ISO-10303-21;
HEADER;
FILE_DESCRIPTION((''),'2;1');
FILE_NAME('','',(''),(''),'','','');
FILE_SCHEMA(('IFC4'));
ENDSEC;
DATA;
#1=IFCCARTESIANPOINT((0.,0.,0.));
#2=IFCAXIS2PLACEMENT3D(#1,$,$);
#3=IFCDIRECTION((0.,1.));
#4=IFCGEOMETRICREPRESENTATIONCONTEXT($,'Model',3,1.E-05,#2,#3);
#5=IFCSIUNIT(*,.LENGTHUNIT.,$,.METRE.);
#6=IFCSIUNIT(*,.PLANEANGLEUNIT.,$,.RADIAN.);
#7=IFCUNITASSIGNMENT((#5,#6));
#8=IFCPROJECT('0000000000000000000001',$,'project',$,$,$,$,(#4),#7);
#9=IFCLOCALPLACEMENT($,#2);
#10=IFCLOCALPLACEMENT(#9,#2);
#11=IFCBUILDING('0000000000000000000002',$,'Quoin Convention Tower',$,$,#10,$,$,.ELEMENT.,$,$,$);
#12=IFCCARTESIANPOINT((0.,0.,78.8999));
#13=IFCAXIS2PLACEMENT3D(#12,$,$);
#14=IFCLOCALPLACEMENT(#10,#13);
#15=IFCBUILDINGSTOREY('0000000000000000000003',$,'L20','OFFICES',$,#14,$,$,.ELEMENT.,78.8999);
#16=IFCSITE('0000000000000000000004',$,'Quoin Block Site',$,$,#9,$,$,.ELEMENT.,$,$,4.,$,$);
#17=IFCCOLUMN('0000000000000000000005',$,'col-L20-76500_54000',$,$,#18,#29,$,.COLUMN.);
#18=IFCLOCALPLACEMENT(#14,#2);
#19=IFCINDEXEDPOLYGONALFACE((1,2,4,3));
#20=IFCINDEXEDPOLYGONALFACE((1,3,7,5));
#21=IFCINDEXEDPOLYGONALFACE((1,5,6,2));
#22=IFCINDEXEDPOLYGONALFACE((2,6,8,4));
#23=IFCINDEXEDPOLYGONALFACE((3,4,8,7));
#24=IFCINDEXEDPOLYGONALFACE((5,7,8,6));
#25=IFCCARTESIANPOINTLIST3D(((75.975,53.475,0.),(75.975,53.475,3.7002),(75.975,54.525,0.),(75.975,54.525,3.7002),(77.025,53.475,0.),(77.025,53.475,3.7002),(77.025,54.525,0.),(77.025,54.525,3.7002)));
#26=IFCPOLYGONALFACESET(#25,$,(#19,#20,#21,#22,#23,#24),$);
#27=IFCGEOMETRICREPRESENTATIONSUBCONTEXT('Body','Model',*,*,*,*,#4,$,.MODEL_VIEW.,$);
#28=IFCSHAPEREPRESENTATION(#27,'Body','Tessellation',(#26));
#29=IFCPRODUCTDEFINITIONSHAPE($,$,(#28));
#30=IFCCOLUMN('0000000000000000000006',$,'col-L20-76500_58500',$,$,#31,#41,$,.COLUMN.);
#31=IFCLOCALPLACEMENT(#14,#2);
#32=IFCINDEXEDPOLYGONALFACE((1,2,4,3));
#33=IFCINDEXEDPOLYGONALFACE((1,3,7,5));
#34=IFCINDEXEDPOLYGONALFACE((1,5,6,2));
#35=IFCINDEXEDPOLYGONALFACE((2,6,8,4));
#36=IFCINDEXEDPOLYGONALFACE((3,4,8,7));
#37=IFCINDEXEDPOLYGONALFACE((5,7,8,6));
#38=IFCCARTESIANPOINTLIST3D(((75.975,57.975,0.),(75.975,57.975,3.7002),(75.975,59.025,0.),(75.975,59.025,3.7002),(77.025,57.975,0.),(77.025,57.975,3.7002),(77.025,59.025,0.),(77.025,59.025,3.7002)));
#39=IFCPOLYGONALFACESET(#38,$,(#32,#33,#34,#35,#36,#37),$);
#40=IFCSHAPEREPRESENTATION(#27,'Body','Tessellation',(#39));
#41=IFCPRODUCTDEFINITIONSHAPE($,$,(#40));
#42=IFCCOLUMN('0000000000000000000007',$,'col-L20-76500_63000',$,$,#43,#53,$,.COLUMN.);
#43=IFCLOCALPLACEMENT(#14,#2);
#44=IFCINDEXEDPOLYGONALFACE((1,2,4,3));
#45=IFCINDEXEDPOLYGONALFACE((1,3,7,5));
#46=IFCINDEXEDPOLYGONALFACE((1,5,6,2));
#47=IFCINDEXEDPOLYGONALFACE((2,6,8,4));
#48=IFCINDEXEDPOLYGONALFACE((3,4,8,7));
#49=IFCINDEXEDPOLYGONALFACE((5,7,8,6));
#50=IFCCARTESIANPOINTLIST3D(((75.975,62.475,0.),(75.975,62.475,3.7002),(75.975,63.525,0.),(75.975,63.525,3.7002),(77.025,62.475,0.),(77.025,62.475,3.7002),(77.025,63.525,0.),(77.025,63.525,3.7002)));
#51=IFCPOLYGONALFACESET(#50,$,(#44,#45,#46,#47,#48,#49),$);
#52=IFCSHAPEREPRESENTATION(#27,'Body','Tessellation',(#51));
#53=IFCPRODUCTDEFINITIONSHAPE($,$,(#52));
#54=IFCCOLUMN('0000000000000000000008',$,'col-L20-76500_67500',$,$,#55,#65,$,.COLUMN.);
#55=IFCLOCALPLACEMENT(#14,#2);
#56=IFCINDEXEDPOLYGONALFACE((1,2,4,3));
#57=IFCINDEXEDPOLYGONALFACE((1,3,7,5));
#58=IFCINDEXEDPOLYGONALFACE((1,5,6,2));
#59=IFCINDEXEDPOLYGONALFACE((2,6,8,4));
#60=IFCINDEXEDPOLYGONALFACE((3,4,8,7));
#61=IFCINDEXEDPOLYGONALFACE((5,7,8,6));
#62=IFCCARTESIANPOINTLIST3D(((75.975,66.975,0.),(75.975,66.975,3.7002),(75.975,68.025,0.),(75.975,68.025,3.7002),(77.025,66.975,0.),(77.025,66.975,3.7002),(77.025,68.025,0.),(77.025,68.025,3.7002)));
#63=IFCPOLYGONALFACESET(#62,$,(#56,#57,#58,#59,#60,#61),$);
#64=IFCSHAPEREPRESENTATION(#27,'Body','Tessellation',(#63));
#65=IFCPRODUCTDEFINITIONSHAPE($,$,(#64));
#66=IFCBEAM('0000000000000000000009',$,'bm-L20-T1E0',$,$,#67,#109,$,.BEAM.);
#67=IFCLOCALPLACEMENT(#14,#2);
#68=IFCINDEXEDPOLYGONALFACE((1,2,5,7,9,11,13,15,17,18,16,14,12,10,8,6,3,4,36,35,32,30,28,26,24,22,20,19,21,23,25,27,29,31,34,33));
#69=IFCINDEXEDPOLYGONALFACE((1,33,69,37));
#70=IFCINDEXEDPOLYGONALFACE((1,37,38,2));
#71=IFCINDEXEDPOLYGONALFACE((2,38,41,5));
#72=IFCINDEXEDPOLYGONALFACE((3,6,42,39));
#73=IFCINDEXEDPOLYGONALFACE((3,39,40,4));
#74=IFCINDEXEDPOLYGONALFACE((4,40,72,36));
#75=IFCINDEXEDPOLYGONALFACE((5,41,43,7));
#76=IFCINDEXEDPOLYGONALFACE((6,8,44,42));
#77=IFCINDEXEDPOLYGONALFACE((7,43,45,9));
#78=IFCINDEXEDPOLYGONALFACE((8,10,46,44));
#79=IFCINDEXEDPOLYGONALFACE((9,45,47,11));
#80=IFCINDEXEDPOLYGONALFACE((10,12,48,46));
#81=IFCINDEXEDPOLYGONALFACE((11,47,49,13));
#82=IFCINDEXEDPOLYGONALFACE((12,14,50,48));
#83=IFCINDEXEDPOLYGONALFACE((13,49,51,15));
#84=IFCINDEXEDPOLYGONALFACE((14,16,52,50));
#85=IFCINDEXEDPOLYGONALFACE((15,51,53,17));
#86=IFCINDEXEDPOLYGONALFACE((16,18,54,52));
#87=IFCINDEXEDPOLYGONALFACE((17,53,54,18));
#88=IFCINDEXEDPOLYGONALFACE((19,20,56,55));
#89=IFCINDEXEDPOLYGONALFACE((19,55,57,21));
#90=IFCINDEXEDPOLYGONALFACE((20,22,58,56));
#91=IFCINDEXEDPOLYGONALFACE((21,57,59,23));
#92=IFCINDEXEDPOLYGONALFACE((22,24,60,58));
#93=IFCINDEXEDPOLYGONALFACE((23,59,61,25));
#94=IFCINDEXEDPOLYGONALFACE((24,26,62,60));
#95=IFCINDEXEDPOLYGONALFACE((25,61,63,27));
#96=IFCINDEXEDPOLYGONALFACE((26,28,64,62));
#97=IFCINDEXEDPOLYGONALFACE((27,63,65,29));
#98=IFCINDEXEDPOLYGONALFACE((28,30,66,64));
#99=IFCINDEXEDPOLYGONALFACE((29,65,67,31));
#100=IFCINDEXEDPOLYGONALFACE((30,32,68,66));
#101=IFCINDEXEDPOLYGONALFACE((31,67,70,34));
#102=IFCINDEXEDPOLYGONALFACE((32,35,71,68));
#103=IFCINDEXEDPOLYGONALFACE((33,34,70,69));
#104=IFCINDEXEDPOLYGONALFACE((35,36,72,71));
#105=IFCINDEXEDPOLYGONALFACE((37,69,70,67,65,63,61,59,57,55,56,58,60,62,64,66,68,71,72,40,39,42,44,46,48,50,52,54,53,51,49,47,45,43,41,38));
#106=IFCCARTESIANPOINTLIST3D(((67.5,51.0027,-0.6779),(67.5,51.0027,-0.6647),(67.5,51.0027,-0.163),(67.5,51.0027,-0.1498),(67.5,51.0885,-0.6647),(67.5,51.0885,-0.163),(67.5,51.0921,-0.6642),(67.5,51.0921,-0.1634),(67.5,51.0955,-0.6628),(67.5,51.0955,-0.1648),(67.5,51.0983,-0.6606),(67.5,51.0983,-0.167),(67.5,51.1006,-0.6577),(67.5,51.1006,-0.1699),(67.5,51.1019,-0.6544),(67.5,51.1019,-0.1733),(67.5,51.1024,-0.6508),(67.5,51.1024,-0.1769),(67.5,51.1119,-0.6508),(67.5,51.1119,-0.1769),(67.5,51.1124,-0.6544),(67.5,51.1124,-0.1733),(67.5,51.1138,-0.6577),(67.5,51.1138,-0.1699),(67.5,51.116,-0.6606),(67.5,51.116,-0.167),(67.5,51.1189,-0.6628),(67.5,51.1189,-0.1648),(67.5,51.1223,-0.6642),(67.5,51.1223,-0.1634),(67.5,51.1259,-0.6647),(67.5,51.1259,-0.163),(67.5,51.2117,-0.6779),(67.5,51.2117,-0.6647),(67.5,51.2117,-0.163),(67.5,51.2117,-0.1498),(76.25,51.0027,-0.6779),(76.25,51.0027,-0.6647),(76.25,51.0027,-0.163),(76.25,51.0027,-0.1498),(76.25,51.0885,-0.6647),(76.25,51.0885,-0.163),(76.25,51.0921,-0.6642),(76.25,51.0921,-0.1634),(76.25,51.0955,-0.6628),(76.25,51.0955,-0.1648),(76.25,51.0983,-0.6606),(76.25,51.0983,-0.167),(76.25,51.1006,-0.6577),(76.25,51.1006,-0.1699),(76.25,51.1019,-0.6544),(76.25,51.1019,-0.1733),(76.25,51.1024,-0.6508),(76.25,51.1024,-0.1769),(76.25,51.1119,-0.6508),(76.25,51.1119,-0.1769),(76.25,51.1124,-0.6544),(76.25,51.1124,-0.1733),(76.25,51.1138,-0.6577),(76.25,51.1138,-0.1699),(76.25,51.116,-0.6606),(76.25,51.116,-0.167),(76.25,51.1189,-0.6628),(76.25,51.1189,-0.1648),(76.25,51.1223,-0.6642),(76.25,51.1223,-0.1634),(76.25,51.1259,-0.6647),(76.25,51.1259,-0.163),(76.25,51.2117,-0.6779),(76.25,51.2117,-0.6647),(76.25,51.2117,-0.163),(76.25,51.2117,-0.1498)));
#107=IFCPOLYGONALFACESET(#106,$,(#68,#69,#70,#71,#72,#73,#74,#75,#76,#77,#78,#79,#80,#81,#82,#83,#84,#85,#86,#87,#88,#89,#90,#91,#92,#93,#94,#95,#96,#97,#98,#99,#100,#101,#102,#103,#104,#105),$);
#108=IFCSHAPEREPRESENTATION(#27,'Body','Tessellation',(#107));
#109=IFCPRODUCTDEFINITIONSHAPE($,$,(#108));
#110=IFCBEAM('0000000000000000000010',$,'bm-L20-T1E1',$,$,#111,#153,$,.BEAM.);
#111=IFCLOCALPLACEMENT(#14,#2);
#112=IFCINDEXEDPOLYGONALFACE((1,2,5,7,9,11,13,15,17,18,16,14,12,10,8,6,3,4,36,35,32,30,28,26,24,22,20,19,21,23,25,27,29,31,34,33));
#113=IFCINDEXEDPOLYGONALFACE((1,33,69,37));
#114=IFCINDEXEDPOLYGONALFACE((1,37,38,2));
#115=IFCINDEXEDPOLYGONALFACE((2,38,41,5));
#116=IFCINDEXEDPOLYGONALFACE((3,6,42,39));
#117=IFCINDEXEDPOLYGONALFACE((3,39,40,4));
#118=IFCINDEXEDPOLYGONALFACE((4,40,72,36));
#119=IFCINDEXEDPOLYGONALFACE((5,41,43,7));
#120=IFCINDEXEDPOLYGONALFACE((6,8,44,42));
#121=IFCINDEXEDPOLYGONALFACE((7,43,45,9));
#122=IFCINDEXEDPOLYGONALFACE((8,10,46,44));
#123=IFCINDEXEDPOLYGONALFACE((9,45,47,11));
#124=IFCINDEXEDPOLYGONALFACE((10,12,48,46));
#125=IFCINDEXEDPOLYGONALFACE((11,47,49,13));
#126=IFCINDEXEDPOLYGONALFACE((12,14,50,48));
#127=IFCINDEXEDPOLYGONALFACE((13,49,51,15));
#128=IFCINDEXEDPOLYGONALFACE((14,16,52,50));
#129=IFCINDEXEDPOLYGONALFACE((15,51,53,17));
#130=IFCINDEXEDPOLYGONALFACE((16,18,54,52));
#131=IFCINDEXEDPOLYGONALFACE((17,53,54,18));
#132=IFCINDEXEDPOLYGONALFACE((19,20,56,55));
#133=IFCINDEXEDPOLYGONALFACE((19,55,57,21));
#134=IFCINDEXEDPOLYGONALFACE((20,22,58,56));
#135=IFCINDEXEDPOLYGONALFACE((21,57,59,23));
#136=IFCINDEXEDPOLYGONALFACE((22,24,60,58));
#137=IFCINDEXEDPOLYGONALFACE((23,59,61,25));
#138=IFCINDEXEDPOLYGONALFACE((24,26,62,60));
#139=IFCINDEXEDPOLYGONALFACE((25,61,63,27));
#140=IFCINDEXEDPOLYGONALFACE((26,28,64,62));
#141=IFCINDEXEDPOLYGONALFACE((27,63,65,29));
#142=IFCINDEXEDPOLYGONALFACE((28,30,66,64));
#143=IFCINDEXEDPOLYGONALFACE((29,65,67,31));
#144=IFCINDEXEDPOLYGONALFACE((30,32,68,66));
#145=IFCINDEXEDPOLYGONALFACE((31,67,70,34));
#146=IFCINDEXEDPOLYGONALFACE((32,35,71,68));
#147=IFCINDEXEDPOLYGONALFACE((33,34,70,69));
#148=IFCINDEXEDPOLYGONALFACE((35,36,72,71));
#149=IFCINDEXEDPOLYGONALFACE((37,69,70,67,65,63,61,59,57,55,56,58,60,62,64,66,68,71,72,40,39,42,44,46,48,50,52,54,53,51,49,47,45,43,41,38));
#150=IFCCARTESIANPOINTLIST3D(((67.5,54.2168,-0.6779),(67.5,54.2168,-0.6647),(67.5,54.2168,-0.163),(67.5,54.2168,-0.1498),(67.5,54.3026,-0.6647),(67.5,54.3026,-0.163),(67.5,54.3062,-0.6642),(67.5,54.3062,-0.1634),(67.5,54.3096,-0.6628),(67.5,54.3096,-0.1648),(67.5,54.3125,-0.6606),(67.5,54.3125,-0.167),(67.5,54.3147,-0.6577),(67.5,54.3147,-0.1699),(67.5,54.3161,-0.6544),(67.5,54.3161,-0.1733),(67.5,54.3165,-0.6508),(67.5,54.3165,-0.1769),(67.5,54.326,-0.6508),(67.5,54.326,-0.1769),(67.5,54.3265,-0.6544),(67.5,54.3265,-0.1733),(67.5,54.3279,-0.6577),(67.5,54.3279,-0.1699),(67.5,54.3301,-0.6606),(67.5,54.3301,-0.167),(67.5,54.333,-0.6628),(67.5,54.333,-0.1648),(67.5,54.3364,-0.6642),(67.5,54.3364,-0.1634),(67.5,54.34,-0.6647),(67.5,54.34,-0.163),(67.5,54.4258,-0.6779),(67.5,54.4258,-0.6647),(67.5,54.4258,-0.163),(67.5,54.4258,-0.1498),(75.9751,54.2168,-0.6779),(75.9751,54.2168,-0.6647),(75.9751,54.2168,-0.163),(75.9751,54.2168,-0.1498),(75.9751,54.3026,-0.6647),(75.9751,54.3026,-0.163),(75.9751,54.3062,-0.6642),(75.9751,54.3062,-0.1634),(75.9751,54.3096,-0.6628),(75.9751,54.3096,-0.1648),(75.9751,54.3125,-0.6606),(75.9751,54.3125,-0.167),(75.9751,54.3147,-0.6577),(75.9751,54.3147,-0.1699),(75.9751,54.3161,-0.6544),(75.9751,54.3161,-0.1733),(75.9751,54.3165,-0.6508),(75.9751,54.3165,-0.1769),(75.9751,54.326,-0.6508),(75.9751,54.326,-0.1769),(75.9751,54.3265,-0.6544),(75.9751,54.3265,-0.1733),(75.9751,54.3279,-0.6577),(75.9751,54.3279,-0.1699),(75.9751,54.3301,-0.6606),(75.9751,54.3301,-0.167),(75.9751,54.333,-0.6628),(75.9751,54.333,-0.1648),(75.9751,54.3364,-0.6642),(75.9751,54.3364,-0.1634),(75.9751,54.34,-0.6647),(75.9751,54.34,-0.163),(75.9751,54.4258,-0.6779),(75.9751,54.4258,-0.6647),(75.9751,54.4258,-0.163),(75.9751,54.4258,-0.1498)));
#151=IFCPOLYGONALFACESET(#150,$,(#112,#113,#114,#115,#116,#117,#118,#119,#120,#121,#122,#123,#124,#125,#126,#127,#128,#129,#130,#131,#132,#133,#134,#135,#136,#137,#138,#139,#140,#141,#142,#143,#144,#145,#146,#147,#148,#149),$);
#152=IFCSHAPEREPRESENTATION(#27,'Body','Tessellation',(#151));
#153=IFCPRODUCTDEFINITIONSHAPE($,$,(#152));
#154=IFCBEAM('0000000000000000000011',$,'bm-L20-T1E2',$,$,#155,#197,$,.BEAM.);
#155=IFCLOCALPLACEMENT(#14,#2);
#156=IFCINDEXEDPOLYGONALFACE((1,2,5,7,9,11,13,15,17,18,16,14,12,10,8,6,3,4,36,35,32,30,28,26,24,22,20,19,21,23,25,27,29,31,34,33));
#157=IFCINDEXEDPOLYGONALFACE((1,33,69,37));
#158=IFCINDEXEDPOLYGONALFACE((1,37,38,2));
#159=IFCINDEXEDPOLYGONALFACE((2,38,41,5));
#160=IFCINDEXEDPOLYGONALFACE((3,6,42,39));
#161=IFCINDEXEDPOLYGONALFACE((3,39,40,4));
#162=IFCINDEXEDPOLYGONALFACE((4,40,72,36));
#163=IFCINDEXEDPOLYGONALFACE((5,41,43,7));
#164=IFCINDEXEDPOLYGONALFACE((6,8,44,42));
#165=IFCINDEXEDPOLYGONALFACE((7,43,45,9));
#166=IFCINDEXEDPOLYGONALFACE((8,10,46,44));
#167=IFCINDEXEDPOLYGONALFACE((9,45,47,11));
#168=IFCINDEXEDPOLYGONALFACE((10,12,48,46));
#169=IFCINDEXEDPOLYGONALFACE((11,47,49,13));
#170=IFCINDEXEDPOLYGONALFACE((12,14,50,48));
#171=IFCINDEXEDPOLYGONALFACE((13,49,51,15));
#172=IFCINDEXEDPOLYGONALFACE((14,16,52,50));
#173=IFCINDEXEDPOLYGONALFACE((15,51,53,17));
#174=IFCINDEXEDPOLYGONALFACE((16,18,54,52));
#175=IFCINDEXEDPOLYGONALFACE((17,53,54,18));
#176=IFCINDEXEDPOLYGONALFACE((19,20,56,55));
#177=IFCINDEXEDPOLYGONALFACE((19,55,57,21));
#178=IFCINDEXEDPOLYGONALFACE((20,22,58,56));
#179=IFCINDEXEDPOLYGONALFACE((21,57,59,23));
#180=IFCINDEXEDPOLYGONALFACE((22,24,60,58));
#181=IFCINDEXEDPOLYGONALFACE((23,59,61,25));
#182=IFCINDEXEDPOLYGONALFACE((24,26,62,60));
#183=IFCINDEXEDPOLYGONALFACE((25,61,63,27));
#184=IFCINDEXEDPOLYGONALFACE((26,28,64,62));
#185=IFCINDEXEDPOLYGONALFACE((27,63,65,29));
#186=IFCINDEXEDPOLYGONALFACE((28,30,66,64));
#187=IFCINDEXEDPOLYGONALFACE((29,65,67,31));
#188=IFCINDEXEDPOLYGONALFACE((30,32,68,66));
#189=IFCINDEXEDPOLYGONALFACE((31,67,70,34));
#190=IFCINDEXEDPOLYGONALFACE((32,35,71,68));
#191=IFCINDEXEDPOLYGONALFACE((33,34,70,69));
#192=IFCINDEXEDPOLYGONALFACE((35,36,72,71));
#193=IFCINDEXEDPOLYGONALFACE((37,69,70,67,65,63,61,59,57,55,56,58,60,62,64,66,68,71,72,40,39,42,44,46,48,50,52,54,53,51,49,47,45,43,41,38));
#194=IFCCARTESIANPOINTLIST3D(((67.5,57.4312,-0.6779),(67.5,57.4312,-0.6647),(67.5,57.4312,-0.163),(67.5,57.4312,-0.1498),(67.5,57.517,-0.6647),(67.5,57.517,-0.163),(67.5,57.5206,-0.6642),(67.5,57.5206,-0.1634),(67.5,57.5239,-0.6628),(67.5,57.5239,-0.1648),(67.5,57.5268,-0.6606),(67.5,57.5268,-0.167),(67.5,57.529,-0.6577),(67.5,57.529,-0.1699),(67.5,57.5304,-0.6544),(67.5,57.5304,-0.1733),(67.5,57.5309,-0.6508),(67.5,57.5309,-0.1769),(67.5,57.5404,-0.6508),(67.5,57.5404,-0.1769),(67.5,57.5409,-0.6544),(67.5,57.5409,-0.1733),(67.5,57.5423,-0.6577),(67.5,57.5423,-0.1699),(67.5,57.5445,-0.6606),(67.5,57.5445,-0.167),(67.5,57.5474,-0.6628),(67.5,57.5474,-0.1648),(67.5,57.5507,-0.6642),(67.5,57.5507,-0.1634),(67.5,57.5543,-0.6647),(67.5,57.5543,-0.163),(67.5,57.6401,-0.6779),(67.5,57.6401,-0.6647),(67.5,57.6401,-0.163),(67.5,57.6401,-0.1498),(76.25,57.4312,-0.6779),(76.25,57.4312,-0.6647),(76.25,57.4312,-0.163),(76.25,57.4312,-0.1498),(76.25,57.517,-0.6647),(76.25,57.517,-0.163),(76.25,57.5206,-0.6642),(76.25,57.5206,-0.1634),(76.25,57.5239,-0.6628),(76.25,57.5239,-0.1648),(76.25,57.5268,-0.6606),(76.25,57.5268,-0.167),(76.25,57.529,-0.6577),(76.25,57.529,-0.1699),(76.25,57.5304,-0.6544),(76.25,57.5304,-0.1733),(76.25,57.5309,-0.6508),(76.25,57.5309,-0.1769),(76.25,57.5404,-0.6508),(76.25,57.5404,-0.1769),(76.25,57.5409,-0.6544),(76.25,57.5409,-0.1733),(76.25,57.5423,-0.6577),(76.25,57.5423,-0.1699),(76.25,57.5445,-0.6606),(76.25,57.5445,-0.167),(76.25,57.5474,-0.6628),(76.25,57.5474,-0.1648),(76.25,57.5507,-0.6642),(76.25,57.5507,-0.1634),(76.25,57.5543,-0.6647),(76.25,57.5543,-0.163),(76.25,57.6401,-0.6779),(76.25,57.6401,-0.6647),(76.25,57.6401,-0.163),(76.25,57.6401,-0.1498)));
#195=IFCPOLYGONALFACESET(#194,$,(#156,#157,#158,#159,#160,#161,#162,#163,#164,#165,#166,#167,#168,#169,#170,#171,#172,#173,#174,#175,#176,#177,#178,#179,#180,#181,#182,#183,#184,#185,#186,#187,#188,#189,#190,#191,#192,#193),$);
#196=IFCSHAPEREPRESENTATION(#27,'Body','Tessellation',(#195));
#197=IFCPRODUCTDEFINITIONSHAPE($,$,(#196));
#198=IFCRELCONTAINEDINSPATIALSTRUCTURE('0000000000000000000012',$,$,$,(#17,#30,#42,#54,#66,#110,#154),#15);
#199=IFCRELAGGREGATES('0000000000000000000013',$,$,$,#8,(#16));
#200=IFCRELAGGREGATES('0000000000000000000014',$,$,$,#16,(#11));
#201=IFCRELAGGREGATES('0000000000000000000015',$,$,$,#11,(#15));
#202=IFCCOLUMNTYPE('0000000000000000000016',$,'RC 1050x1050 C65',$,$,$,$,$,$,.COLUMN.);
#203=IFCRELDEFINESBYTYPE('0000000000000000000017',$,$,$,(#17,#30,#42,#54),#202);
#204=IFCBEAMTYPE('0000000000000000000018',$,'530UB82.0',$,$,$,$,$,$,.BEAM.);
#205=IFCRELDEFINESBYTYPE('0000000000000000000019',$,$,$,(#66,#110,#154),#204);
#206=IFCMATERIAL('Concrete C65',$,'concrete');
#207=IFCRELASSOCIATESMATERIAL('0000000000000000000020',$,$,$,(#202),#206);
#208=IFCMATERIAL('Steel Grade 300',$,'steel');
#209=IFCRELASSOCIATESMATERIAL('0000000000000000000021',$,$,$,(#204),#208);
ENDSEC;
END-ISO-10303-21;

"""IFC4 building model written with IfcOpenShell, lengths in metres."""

from ifc_helpers import new_model, si_unit, direction, frame, origin, origin_2d, place, context, subcontext, project, spatial, rectangle, i_section, extrude, material, material_profile, profile_set, type_object, element, save


model = new_model("IFC4")

# Units and contexts
model_context = context("Model", 3, precision=1e-05, world=origin(), true_north=direction((0.0, 1.0)))
body_context = subcontext(model_context, "Body", "Model", "MODEL_VIEW")
ifc_project = project(units=[si_unit("LENGTHUNIT", "METRE"), si_unit("PLANEANGLEUNIT", "RADIAN")], contexts=[model_context])

# Site, building, storey
site_placement = place(None, origin())
site = spatial("IfcSite", under=ifc_project, at=site_placement, Name="Quoin Block Site", CompositionType="ELEMENT", RefElevation=4.0)
building_placement = place(site_placement, origin())
building = spatial("IfcBuilding", under=site, at=building_placement, Name="Quoin Convention Tower", CompositionType="ELEMENT")
storey_placement = place(building_placement, frame((0.0, 0.0, 78.8999)))
storey = spatial("IfcBuildingStorey", under=building, at=storey_placement, Name="L20", Description="OFFICES", CompositionType="ELEMENT", Elevation=78.8999)

# Columns
ifc_material_1 = material(Name="Concrete C65", Category="concrete")
ifc_material_profile_1 = material_profile(ifc_material_1, rectangle(XDim=1.05, YDim=1.05, at=origin_2d()), Name="RC 1050x1050")
ifc_profile_set_1 = profile_set([ifc_material_profile_1], Name="Concrete C65")
column_type = type_object("IfcColumnType", Name="RC 1050x1050 C65", PredefinedType="COLUMN", material=ifc_profile_set_1)
for number, where, z_axis, x_axis, name in (
    (1, (76.5, 54.0, 0.0), (0.0, 0.0, 1.0), (1.0, 0.0, 0.0), "col-L20-76500_54000"),
    (2, (76.5, 58.5, 0.0), (0.0, 0.0, 1.0), (1.0, 0.0, 0.0), "col-L20-76500_58500"),
    (3, (76.5, 63.0, 0.0), (0.0, 0.0, 1.0), (1.0, 0.0, 0.0), "col-L20-76500_63000"),
    (4, (76.5, 67.5, 0.0), (0.0, 0.0, 1.0), (1.0, 0.0, 0.0), "col-L20-76500_67500"),
):
    element("IfcColumn", number, at=place(storey_placement, frame(where, z_axis=z_axis, x_axis=x_axis)), inside=storey, type_object=column_type, Name=name, PredefinedType="COLUMN", context=body_context, shape_type="SweptSolid", body=[
        extrude(rectangle(XDim=1.05, YDim=1.05, at=origin_2d()), origin(), (0.0, 0.0, 1.0), 3.7002),
    ])

# Beams
ifc_material_2 = material(Name="Steel Grade 300", Category="steel")
ifc_material_profile_2 = material_profile(ifc_material_2, i_section(OverallWidth=0.209, OverallDepth=0.5281, WebThickness=0.0095, FlangeThickness=0.0132, FilletRadius=0.0139, at=origin_2d()), Name="530UB82.0")
ifc_profile_set_2 = profile_set([ifc_material_profile_2], Name="Steel Grade 300")
beam_type_1 = type_object("IfcBeamType", Name="530UB82.0", PredefinedType="BEAM", material=ifc_profile_set_2)
beam_1_placement = place(storey_placement, frame((67.5, 51.1072, -0.4138), z_axis=(1.0, 0.0, 0.0), x_axis=(0.0, 1.0, 0.0)))
element("IfcBeam", 5, at=beam_1_placement, inside=storey, type_object=beam_type_1, Name="bm-L20-T1E0", PredefinedType="BEAM", context=body_context, shape_type="SweptSolid", body=[
    extrude(i_section(OverallWidth=0.209, OverallDepth=0.5281, WebThickness=0.0095, FlangeThickness=0.0132, FilletRadius=0.0139, at=origin_2d()), origin(), (0.0, 0.0, 1.0), 8.75),
])
beam_2_placement = place(storey_placement, frame((67.5, 54.3213, -0.4138), z_axis=(1.0, 0.0, 0.0), x_axis=(0.0, 1.0, 0.0)))
element("IfcBeam", 6, at=beam_2_placement, inside=storey, type_object=beam_type_1, Name="bm-L20-T1E1", PredefinedType="BEAM", context=body_context, shape_type="SweptSolid", body=[
    extrude(i_section(OverallWidth=0.209, OverallDepth=0.5281, WebThickness=0.0095, FlangeThickness=0.0132, FilletRadius=0.0139, at=origin_2d()), origin(), (0.0, 0.0, 1.0), 8.4751),
])
for number, where, z_axis, x_axis, name in (
    (7, (67.5, 57.5356, -0.4138), (1.0, 0.0, 0.0), (0.0, 1.0, 0.0), "bm-L20-T1E2"),
):
    element("IfcBeam", number, at=place(storey_placement, frame(where, z_axis=z_axis, x_axis=x_axis)), inside=storey, type_object=beam_type_1, Name=name, PredefinedType="BEAM", context=body_context, shape_type="SweptSolid", body=[
        extrude(i_section(OverallWidth=0.209, OverallDepth=0.5281, WebThickness=0.0095, FlangeThickness=0.0132, FilletRadius=0.0139, at=origin_2d()), origin(), (0.0, 0.0, 1.0), 8.75),
    ])

save(model, "model.ifc")
